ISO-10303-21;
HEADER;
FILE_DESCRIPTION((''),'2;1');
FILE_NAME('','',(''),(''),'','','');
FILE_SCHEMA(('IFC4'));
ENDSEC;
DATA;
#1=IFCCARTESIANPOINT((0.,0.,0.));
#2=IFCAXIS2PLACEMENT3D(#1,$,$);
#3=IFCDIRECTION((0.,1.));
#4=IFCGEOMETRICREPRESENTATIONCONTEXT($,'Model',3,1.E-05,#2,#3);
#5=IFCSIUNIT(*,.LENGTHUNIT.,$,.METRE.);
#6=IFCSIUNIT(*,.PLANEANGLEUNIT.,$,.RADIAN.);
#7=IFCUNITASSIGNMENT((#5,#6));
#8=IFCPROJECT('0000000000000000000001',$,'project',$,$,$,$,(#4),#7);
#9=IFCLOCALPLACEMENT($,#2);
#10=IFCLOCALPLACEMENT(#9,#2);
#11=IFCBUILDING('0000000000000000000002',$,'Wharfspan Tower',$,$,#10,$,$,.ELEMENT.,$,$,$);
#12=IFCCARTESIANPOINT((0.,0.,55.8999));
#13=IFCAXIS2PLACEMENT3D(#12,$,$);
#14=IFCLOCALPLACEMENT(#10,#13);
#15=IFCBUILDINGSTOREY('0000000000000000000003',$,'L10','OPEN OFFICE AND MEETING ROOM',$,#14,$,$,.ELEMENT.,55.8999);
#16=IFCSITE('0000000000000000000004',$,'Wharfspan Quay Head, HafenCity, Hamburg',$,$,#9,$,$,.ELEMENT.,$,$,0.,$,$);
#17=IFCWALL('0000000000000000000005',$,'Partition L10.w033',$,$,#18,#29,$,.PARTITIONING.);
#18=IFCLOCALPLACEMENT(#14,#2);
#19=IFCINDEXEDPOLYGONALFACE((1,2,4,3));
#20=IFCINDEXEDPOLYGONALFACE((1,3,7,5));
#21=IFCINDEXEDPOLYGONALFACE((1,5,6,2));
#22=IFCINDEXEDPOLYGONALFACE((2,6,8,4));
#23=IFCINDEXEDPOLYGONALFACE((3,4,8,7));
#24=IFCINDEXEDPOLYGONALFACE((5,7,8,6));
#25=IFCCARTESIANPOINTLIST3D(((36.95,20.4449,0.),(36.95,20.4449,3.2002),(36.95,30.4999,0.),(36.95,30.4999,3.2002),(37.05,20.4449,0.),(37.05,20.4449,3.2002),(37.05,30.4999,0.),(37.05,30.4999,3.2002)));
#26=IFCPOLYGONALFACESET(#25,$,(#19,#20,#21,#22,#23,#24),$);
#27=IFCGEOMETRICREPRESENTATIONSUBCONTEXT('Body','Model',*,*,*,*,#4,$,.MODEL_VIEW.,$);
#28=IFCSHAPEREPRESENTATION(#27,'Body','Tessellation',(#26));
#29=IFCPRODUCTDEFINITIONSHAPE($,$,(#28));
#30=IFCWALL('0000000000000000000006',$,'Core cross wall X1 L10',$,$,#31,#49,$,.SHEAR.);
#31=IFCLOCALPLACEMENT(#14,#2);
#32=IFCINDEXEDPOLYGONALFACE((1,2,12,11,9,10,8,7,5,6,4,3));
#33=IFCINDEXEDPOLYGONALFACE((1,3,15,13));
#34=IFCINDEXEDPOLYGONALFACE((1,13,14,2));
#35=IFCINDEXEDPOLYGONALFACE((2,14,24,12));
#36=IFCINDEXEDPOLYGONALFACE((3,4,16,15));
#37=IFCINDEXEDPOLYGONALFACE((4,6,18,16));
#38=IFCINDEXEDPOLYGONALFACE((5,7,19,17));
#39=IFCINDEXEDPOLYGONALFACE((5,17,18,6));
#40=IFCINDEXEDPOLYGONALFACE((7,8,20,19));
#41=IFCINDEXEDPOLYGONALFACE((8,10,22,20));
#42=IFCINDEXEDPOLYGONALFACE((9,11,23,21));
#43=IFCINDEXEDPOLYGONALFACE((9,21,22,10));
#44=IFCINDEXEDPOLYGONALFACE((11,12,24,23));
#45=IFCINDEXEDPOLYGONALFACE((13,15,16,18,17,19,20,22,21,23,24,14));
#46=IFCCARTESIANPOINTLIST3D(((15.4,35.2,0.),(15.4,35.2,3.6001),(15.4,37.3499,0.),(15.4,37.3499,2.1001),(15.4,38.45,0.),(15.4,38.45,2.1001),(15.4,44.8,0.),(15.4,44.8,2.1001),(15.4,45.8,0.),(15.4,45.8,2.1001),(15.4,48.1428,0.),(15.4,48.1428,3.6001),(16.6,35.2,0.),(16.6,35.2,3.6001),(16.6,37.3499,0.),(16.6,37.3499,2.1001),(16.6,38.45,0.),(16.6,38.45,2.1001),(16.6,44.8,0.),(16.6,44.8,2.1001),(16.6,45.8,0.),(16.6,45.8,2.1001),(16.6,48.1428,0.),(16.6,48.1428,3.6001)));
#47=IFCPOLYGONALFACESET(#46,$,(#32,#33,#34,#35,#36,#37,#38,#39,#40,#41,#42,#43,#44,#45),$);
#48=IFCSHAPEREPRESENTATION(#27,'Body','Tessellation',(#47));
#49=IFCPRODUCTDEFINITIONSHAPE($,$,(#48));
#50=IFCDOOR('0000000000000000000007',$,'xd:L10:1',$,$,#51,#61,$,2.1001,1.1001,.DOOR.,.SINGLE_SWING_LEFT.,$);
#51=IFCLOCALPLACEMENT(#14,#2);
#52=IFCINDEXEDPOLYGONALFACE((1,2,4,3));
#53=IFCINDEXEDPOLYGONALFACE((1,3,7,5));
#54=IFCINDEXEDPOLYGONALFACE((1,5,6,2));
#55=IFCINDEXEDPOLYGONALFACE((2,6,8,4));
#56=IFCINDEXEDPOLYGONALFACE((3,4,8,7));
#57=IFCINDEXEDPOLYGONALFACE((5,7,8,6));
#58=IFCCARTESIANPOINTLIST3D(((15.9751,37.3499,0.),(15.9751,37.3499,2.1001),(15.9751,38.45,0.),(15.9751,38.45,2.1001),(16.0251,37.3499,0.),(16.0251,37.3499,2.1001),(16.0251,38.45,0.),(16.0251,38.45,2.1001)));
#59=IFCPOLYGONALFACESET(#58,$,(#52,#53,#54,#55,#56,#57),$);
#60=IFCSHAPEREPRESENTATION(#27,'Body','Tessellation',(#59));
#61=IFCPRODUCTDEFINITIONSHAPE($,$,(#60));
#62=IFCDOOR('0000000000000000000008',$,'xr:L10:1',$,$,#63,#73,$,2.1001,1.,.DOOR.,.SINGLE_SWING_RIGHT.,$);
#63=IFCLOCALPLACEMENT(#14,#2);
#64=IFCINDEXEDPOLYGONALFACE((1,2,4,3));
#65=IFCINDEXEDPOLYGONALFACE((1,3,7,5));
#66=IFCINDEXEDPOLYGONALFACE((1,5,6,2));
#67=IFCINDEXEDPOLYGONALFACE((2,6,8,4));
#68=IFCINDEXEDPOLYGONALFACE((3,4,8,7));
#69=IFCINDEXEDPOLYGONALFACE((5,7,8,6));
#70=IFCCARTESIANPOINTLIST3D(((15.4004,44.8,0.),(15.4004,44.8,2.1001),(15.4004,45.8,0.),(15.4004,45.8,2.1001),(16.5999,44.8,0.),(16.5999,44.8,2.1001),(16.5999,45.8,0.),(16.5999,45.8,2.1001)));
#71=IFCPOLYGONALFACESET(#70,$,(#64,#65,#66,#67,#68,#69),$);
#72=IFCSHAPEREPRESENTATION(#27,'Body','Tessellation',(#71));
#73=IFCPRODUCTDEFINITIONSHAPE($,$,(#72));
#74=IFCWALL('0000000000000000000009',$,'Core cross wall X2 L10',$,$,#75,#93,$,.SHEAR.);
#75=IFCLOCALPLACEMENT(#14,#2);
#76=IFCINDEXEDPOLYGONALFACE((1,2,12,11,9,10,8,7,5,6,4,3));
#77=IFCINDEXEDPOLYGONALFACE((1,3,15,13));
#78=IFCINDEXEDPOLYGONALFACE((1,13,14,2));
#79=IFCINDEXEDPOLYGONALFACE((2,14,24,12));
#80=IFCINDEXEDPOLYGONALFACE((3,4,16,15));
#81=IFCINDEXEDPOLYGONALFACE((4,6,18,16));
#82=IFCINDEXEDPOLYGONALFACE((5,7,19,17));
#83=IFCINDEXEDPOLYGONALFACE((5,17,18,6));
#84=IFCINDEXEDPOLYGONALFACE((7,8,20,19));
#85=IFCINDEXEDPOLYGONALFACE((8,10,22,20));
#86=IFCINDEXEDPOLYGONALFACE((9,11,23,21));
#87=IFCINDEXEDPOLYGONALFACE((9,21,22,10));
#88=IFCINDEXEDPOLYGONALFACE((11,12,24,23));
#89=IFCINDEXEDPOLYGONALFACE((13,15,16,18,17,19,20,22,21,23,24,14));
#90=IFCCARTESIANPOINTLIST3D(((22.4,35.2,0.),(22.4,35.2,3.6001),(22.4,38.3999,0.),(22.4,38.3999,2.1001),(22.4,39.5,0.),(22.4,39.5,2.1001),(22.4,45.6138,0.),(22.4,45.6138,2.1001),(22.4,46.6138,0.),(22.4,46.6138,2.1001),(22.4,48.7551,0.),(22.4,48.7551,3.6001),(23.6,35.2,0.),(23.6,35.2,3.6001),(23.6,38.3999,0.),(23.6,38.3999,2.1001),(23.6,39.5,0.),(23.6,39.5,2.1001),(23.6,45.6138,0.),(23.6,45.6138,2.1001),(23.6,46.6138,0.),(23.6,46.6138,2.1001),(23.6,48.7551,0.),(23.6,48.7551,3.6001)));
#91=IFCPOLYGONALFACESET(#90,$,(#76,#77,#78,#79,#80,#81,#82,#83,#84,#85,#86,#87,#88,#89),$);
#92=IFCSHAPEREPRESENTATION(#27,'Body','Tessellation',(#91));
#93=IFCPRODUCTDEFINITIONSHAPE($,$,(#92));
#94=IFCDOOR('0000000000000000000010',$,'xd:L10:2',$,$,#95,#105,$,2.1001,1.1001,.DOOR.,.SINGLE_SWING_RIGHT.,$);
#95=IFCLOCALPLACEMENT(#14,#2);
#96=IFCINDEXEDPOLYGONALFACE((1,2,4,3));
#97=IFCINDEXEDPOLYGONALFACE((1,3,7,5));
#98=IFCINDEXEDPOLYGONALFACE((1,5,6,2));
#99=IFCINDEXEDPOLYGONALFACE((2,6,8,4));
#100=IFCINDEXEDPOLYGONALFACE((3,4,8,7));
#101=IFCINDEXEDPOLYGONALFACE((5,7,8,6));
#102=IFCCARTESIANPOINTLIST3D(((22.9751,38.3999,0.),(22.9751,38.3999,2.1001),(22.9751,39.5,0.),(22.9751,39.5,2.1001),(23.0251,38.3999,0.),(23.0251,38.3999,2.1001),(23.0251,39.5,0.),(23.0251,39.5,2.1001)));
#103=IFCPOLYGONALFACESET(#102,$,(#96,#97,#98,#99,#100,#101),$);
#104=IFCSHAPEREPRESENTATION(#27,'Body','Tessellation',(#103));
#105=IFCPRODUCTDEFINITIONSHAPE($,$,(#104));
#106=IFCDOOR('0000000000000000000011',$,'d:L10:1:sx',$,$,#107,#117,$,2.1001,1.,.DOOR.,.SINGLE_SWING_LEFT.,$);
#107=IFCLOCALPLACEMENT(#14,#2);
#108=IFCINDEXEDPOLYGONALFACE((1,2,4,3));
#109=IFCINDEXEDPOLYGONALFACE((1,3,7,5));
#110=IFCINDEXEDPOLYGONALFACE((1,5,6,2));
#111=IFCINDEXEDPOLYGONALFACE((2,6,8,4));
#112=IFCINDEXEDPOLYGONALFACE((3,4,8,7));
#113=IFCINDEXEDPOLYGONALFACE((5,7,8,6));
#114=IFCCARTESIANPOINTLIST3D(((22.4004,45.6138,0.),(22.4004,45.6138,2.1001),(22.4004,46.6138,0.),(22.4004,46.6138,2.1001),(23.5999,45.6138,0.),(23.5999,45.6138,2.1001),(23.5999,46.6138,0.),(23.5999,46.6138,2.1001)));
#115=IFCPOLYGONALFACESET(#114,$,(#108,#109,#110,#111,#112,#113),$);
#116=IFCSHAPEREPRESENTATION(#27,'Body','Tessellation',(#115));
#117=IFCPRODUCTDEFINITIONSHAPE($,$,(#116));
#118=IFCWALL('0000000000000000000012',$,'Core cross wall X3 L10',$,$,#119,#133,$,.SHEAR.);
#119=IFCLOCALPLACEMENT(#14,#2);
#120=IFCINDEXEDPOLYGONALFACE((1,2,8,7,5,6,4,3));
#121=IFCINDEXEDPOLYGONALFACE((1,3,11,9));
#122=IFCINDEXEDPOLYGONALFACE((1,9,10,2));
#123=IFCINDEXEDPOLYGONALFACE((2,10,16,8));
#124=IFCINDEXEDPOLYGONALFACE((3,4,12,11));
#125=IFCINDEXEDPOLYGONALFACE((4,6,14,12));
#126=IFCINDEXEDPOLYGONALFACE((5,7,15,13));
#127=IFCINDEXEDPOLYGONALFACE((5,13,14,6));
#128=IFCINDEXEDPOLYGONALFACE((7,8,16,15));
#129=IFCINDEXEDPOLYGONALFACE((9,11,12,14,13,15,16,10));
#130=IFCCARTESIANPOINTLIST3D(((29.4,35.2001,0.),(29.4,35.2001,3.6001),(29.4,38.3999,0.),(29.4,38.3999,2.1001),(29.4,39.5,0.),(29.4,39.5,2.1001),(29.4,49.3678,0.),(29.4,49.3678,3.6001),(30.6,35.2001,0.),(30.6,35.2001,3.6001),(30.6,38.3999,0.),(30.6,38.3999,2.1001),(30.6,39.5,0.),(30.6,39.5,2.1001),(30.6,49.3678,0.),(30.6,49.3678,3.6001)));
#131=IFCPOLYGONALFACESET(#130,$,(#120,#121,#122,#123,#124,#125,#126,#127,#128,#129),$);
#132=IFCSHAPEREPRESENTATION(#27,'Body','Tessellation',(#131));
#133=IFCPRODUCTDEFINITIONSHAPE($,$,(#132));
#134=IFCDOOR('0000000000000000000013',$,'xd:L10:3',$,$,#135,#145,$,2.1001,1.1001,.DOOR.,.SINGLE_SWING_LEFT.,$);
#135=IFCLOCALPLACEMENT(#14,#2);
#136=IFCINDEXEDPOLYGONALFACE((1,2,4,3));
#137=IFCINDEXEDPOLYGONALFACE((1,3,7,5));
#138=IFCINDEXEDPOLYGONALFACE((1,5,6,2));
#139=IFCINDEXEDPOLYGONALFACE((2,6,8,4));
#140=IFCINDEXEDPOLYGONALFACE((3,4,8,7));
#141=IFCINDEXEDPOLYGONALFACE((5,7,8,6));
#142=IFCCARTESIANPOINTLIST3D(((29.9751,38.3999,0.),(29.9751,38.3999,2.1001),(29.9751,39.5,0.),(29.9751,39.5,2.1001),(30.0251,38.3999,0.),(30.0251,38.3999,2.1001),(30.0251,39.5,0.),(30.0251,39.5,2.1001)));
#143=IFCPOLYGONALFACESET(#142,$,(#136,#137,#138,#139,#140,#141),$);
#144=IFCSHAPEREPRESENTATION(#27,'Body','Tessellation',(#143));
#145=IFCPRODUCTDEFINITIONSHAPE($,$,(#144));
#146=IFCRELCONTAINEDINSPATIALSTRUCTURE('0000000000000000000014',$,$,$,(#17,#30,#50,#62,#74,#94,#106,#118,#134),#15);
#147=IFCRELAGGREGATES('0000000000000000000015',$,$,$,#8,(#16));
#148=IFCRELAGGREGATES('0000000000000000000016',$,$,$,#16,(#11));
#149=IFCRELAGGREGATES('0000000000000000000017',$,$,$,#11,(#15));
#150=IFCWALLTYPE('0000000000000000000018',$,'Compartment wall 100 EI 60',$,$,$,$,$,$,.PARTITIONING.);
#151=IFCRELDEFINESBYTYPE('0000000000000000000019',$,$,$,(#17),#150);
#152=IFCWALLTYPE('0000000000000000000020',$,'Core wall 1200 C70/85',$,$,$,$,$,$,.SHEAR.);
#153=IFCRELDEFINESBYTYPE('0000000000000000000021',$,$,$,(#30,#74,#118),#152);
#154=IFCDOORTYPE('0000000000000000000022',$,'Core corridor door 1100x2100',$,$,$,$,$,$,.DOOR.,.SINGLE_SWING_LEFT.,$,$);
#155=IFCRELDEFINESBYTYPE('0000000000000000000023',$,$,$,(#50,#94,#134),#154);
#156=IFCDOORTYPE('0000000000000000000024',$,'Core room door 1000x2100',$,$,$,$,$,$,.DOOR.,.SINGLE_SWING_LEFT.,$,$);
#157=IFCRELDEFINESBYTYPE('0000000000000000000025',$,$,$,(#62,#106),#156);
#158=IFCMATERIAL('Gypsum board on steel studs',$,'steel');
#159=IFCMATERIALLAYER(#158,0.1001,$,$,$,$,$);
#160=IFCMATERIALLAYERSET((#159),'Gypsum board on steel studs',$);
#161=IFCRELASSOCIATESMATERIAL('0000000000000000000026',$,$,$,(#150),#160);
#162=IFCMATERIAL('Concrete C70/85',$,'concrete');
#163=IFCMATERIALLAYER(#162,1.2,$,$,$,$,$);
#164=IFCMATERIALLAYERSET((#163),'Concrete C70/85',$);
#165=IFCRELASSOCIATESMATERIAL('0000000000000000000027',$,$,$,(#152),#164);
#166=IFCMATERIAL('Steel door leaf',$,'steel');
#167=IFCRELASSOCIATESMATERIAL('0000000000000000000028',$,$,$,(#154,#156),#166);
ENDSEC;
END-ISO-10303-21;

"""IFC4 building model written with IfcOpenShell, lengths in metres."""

from ifc_helpers import new_model, si_unit, direction, frame, frame_2d, origin, place, context, subcontext, project, spatial, rectangle, extrude, material, layer, layer_set, type_object, element, fill, save


model = new_model("IFC4")

# Units and contexts
model_context = context("Model", 3, precision=1e-05, world=origin(), true_north=direction((0.0, 1.0)))
body_context = subcontext(model_context, "Body", "Model", "MODEL_VIEW")
ifc_project = project(units=[si_unit("LENGTHUNIT", "METRE"), si_unit("PLANEANGLEUNIT", "RADIAN")], contexts=[model_context])

# Site, building, storey
site_placement = place(None, origin())
site = spatial("IfcSite", under=ifc_project, at=site_placement, Name="Wharfspan Quay Head, HafenCity, Hamburg", CompositionType="ELEMENT", RefElevation=0.0)
building_placement = place(site_placement, origin())
building = spatial("IfcBuilding", under=site, at=building_placement, Name="Wharfspan Tower", CompositionType="ELEMENT")
storey_placement = place(building_placement, frame((0.0, 0.0, 55.8999)))
storey = spatial("IfcBuildingStorey", under=building, at=storey_placement, Name="L10", Description="OPEN OFFICE AND MEETING ROOM", CompositionType="ELEMENT", Elevation=55.8999)

# Wall
ifc_material_1 = material(Name="Gypsum board on steel studs", Category="steel")
ifc_layer_1 = layer(ifc_material_1, 0.1001)
ifc_layer_set_1 = layer_set([ifc_layer_1], Name="Gypsum board on steel studs")
wall_type_1 = type_object("IfcWallType", Name="Compartment wall 100 EI 60", PredefinedType="PARTITIONING", material=ifc_layer_set_1)
for number, where, z_axis, x_axis, name in (
    (1, (37.0, 20.4451, 0.0), (0.0, 0.0, 1.0), (0.0, 1.0, 0.0), "Partition L10.w033"),
):
    element("IfcWall", number, at=place(storey_placement, frame(where, z_axis=z_axis, x_axis=x_axis)), inside=storey, type_object=wall_type_1, Name=name, PredefinedType="PARTITIONING", context=body_context, shape_type="SweptSolid", body=[
        extrude(rectangle(XDim=10.0549, YDim=0.1001, at=frame_2d((5.0273, 0.0))), origin(), (0.0, 0.0, 1.0), 3.2002),
    ])

# Walls, openings, doors
ifc_material_2 = material(Name="Concrete C70/85", Category="concrete")
ifc_layer_2 = layer(ifc_material_2, 1.2)
ifc_layer_set_2 = layer_set([ifc_layer_2], Name="Concrete C70/85")
wall_type_2 = type_object("IfcWallType", Name="Core wall 1200 C70/85", PredefinedType="SHEAR", material=ifc_layer_set_2)
wall_1_placement = place(storey_placement, frame((16.0, 35.2, 0.0), z_axis=(0.0, 0.0, 1.0), x_axis=(0.0, 1.0, 0.0)))
wall_1 = element("IfcWall", 2, at=wall_1_placement, inside=storey, type_object=wall_type_2, Name="Core cross wall X1 L10", PredefinedType="SHEAR", context=body_context, shape_type="SweptSolid", body=[
    extrude(rectangle(XDim=12.9429, YDim=1.2, at=frame_2d((6.4714, 0.0))), origin(), (0.0, 0.0, 1.0), 3.6001),
])
opening_1_placement = place(wall_1_placement, frame((2.1499, 0.0, 0.0)))
opening_1 = element("IfcOpeningElement", 3, at=opening_1_placement, cuts=wall_1, PredefinedType="OPENING", context=body_context, shape_type="SweptSolid", body=[
    extrude(rectangle(XDim=1.1001, YDim=2.1001, at=frame_2d((0.55, 1.05))), frame((0.0, 0.6099, 0.0), z_axis=(0.0, -1.0, 0.0), x_axis=(1.0, 0.0, 0.0)), (0.0, 0.0, 1.0), 1.22),
])
opening_2_placement = place(wall_1_placement, frame((9.6001, 0.0, 0.0)))
opening_2 = element("IfcOpeningElement", 4, at=opening_2_placement, cuts=wall_1, PredefinedType="OPENING", context=body_context, shape_type="SweptSolid", body=[
    extrude(rectangle(XDim=1.0, YDim=2.1001, at=frame_2d((0.5, 1.05))), frame((0.0, 0.6099, 0.0), z_axis=(0.0, -1.0, 0.0), x_axis=(1.0, 0.0, 0.0)), (0.0, 0.0, 1.0), 1.22),
])
ifc_material_3 = material(Name="Steel door leaf", Category="steel")
door_type_1 = type_object("IfcDoorType", Name="Core corridor door 1100x2100", OperationType="SINGLE_SWING_LEFT", PredefinedType="DOOR", material=ifc_material_3)
door_1_placement = place(opening_1_placement, origin())
door_1 = element("IfcDoor", 5, at=door_1_placement, inside=storey, type_object=door_type_1, Name="xd:L10:1", OperationType="SINGLE_SWING_LEFT", OverallHeight=2.1001, OverallWidth=1.1001, PredefinedType="DOOR", context=body_context, shape_type="SweptSolid", body=[
    extrude(rectangle(XDim=1.1001, YDim=2.1001, at=frame_2d((0.55, 1.05))), frame((0.0, 0.0249, 0.0), z_axis=(0.0, -1.0, 0.0), x_axis=(1.0, 0.0, 0.0)), (0.0, 0.0, 1.0), 0.05),
])
fill(opening_1, door_1)
door_type_2 = type_object("IfcDoorType", Name="Core room door 1000x2100", OperationType="SINGLE_SWING_LEFT", PredefinedType="DOOR", material=ifc_material_3)
door_2_placement = place(opening_2_placement, origin())
door_2 = element("IfcDoor", 6, at=door_2_placement, inside=storey, type_object=door_type_2, Name="xr:L10:1", OperationType="SINGLE_SWING_RIGHT", OverallHeight=2.1001, OverallWidth=1.0, PredefinedType="DOOR", context=body_context, shape_type="SweptSolid", body=[
    extrude(rectangle(XDim=1.0, YDim=2.1001, at=frame_2d((0.5, 1.05))), frame((0.0, 0.5996, 0.0), z_axis=(0.0, -1.0, 0.0), x_axis=(1.0, 0.0, 0.0)), (0.0, 0.0, 1.0), 1.1995),
])
fill(opening_2, door_2)
wall_2_placement = place(storey_placement, frame((23.0, 35.2, 0.0), z_axis=(0.0, 0.0, 1.0), x_axis=(0.0, 1.0, 0.0)))
wall_2 = element("IfcWall", 7, at=wall_2_placement, inside=storey, type_object=wall_type_2, Name="Core cross wall X2 L10", PredefinedType="SHEAR", context=body_context, shape_type="SweptSolid", body=[
    extrude(rectangle(XDim=13.5552, YDim=1.2, at=frame_2d((6.7776, 0.0))), origin(), (0.0, 0.0, 1.0), 3.6001),
])
opening_3_placement = place(wall_2_placement, frame((10.4138, 0.0, 0.0)))
opening_3 = element("IfcOpeningElement", 8, at=opening_3_placement, cuts=wall_2, PredefinedType="OPENING", context=body_context, shape_type="SweptSolid", body=[
    extrude(rectangle(XDim=1.0, YDim=2.1001, at=frame_2d((0.5, 1.05))), frame((0.0, 0.6099, 0.0), z_axis=(0.0, -1.0, 0.0), x_axis=(1.0, 0.0, 0.0)), (0.0, 0.0, 1.0), 1.22),
])
opening_4_placement = place(wall_2_placement, frame((3.2, 0.0, 0.0)))
opening_4 = element("IfcOpeningElement", 9, at=opening_4_placement, cuts=wall_2, PredefinedType="OPENING", context=body_context, shape_type="SweptSolid", body=[
    extrude(rectangle(XDim=1.1001, YDim=2.1001, at=frame_2d((0.55, 1.05))), frame((0.0, 0.6099, 0.0), z_axis=(0.0, -1.0, 0.0), x_axis=(1.0, 0.0, 0.0)), (0.0, 0.0, 1.0), 1.22),
])
door_3_placement = place(opening_4_placement, origin())
door_3 = element("IfcDoor", 10, at=door_3_placement, inside=storey, type_object=door_type_1, Name="xd:L10:2", OperationType="SINGLE_SWING_RIGHT", OverallHeight=2.1001, OverallWidth=1.1001, PredefinedType="DOOR", context=body_context, shape_type="SweptSolid", body=[
    extrude(rectangle(XDim=1.1001, YDim=2.1001, at=frame_2d((0.55, 1.05))), frame((0.0, 0.0249, 0.0), z_axis=(0.0, -1.0, 0.0), x_axis=(1.0, 0.0, 0.0)), (0.0, 0.0, 1.0), 0.05),
])
fill(opening_4, door_3)
door_4_placement = place(opening_3_placement, origin())
door_4 = element("IfcDoor", 11, at=door_4_placement, inside=storey, type_object=door_type_2, Name="d:L10:1:sx", OperationType="SINGLE_SWING_LEFT", OverallHeight=2.1001, OverallWidth=1.0, PredefinedType="DOOR", context=body_context, shape_type="SweptSolid", body=[
    extrude(rectangle(XDim=1.0, YDim=2.1001, at=frame_2d((0.5, 1.05))), frame((0.0, 0.5996, 0.0), z_axis=(0.0, -1.0, 0.0), x_axis=(1.0, 0.0, 0.0)), (0.0, 0.0, 1.0), 1.1995),
])
fill(opening_3, door_4)

# Wall, opening, door
wall_3_placement = place(storey_placement, frame((30.0, 35.2, 0.0), z_axis=(0.0, 0.0, 1.0), x_axis=(0.0, 1.0, 0.0)))
wall_3 = element("IfcWall", 12, at=wall_3_placement, inside=storey, type_object=wall_type_2, Name="Core cross wall X3 L10", PredefinedType="SHEAR", context=body_context, shape_type="SweptSolid", body=[
    extrude(rectangle(XDim=14.1677, YDim=1.2, at=frame_2d((7.084, 0.0))), origin(), (0.0, 0.0, 1.0), 3.6001),
])
opening_5_placement = place(wall_3_placement, frame((3.2, 0.0, 0.0)))
opening_5 = element("IfcOpeningElement", 13, at=opening_5_placement, cuts=wall_3, PredefinedType="OPENING", context=body_context, shape_type="SweptSolid", body=[
    extrude(rectangle(XDim=1.1001, YDim=2.1001, at=frame_2d((0.55, 1.05))), frame((0.0, 0.6099, 0.0), z_axis=(0.0, -1.0, 0.0), x_axis=(1.0, 0.0, 0.0)), (0.0, 0.0, 1.0), 1.22),
])
door_5_placement = place(opening_5_placement, origin())
door_5 = element("IfcDoor", 14, at=door_5_placement, inside=storey, type_object=door_type_1, Name="xd:L10:3", OperationType="SINGLE_SWING_LEFT", OverallHeight=2.1001, OverallWidth=1.1001, PredefinedType="DOOR", context=body_context, shape_type="SweptSolid", body=[
    extrude(rectangle(XDim=1.1001, YDim=2.1001, at=frame_2d((0.55, 1.05))), frame((0.0, 0.0249, 0.0), z_axis=(0.0, -1.0, 0.0), x_axis=(1.0, 0.0, 0.0)), (0.0, 0.0, 1.0), 0.05),
])
fill(opening_5, door_5)

save(model, "model.ifc")
